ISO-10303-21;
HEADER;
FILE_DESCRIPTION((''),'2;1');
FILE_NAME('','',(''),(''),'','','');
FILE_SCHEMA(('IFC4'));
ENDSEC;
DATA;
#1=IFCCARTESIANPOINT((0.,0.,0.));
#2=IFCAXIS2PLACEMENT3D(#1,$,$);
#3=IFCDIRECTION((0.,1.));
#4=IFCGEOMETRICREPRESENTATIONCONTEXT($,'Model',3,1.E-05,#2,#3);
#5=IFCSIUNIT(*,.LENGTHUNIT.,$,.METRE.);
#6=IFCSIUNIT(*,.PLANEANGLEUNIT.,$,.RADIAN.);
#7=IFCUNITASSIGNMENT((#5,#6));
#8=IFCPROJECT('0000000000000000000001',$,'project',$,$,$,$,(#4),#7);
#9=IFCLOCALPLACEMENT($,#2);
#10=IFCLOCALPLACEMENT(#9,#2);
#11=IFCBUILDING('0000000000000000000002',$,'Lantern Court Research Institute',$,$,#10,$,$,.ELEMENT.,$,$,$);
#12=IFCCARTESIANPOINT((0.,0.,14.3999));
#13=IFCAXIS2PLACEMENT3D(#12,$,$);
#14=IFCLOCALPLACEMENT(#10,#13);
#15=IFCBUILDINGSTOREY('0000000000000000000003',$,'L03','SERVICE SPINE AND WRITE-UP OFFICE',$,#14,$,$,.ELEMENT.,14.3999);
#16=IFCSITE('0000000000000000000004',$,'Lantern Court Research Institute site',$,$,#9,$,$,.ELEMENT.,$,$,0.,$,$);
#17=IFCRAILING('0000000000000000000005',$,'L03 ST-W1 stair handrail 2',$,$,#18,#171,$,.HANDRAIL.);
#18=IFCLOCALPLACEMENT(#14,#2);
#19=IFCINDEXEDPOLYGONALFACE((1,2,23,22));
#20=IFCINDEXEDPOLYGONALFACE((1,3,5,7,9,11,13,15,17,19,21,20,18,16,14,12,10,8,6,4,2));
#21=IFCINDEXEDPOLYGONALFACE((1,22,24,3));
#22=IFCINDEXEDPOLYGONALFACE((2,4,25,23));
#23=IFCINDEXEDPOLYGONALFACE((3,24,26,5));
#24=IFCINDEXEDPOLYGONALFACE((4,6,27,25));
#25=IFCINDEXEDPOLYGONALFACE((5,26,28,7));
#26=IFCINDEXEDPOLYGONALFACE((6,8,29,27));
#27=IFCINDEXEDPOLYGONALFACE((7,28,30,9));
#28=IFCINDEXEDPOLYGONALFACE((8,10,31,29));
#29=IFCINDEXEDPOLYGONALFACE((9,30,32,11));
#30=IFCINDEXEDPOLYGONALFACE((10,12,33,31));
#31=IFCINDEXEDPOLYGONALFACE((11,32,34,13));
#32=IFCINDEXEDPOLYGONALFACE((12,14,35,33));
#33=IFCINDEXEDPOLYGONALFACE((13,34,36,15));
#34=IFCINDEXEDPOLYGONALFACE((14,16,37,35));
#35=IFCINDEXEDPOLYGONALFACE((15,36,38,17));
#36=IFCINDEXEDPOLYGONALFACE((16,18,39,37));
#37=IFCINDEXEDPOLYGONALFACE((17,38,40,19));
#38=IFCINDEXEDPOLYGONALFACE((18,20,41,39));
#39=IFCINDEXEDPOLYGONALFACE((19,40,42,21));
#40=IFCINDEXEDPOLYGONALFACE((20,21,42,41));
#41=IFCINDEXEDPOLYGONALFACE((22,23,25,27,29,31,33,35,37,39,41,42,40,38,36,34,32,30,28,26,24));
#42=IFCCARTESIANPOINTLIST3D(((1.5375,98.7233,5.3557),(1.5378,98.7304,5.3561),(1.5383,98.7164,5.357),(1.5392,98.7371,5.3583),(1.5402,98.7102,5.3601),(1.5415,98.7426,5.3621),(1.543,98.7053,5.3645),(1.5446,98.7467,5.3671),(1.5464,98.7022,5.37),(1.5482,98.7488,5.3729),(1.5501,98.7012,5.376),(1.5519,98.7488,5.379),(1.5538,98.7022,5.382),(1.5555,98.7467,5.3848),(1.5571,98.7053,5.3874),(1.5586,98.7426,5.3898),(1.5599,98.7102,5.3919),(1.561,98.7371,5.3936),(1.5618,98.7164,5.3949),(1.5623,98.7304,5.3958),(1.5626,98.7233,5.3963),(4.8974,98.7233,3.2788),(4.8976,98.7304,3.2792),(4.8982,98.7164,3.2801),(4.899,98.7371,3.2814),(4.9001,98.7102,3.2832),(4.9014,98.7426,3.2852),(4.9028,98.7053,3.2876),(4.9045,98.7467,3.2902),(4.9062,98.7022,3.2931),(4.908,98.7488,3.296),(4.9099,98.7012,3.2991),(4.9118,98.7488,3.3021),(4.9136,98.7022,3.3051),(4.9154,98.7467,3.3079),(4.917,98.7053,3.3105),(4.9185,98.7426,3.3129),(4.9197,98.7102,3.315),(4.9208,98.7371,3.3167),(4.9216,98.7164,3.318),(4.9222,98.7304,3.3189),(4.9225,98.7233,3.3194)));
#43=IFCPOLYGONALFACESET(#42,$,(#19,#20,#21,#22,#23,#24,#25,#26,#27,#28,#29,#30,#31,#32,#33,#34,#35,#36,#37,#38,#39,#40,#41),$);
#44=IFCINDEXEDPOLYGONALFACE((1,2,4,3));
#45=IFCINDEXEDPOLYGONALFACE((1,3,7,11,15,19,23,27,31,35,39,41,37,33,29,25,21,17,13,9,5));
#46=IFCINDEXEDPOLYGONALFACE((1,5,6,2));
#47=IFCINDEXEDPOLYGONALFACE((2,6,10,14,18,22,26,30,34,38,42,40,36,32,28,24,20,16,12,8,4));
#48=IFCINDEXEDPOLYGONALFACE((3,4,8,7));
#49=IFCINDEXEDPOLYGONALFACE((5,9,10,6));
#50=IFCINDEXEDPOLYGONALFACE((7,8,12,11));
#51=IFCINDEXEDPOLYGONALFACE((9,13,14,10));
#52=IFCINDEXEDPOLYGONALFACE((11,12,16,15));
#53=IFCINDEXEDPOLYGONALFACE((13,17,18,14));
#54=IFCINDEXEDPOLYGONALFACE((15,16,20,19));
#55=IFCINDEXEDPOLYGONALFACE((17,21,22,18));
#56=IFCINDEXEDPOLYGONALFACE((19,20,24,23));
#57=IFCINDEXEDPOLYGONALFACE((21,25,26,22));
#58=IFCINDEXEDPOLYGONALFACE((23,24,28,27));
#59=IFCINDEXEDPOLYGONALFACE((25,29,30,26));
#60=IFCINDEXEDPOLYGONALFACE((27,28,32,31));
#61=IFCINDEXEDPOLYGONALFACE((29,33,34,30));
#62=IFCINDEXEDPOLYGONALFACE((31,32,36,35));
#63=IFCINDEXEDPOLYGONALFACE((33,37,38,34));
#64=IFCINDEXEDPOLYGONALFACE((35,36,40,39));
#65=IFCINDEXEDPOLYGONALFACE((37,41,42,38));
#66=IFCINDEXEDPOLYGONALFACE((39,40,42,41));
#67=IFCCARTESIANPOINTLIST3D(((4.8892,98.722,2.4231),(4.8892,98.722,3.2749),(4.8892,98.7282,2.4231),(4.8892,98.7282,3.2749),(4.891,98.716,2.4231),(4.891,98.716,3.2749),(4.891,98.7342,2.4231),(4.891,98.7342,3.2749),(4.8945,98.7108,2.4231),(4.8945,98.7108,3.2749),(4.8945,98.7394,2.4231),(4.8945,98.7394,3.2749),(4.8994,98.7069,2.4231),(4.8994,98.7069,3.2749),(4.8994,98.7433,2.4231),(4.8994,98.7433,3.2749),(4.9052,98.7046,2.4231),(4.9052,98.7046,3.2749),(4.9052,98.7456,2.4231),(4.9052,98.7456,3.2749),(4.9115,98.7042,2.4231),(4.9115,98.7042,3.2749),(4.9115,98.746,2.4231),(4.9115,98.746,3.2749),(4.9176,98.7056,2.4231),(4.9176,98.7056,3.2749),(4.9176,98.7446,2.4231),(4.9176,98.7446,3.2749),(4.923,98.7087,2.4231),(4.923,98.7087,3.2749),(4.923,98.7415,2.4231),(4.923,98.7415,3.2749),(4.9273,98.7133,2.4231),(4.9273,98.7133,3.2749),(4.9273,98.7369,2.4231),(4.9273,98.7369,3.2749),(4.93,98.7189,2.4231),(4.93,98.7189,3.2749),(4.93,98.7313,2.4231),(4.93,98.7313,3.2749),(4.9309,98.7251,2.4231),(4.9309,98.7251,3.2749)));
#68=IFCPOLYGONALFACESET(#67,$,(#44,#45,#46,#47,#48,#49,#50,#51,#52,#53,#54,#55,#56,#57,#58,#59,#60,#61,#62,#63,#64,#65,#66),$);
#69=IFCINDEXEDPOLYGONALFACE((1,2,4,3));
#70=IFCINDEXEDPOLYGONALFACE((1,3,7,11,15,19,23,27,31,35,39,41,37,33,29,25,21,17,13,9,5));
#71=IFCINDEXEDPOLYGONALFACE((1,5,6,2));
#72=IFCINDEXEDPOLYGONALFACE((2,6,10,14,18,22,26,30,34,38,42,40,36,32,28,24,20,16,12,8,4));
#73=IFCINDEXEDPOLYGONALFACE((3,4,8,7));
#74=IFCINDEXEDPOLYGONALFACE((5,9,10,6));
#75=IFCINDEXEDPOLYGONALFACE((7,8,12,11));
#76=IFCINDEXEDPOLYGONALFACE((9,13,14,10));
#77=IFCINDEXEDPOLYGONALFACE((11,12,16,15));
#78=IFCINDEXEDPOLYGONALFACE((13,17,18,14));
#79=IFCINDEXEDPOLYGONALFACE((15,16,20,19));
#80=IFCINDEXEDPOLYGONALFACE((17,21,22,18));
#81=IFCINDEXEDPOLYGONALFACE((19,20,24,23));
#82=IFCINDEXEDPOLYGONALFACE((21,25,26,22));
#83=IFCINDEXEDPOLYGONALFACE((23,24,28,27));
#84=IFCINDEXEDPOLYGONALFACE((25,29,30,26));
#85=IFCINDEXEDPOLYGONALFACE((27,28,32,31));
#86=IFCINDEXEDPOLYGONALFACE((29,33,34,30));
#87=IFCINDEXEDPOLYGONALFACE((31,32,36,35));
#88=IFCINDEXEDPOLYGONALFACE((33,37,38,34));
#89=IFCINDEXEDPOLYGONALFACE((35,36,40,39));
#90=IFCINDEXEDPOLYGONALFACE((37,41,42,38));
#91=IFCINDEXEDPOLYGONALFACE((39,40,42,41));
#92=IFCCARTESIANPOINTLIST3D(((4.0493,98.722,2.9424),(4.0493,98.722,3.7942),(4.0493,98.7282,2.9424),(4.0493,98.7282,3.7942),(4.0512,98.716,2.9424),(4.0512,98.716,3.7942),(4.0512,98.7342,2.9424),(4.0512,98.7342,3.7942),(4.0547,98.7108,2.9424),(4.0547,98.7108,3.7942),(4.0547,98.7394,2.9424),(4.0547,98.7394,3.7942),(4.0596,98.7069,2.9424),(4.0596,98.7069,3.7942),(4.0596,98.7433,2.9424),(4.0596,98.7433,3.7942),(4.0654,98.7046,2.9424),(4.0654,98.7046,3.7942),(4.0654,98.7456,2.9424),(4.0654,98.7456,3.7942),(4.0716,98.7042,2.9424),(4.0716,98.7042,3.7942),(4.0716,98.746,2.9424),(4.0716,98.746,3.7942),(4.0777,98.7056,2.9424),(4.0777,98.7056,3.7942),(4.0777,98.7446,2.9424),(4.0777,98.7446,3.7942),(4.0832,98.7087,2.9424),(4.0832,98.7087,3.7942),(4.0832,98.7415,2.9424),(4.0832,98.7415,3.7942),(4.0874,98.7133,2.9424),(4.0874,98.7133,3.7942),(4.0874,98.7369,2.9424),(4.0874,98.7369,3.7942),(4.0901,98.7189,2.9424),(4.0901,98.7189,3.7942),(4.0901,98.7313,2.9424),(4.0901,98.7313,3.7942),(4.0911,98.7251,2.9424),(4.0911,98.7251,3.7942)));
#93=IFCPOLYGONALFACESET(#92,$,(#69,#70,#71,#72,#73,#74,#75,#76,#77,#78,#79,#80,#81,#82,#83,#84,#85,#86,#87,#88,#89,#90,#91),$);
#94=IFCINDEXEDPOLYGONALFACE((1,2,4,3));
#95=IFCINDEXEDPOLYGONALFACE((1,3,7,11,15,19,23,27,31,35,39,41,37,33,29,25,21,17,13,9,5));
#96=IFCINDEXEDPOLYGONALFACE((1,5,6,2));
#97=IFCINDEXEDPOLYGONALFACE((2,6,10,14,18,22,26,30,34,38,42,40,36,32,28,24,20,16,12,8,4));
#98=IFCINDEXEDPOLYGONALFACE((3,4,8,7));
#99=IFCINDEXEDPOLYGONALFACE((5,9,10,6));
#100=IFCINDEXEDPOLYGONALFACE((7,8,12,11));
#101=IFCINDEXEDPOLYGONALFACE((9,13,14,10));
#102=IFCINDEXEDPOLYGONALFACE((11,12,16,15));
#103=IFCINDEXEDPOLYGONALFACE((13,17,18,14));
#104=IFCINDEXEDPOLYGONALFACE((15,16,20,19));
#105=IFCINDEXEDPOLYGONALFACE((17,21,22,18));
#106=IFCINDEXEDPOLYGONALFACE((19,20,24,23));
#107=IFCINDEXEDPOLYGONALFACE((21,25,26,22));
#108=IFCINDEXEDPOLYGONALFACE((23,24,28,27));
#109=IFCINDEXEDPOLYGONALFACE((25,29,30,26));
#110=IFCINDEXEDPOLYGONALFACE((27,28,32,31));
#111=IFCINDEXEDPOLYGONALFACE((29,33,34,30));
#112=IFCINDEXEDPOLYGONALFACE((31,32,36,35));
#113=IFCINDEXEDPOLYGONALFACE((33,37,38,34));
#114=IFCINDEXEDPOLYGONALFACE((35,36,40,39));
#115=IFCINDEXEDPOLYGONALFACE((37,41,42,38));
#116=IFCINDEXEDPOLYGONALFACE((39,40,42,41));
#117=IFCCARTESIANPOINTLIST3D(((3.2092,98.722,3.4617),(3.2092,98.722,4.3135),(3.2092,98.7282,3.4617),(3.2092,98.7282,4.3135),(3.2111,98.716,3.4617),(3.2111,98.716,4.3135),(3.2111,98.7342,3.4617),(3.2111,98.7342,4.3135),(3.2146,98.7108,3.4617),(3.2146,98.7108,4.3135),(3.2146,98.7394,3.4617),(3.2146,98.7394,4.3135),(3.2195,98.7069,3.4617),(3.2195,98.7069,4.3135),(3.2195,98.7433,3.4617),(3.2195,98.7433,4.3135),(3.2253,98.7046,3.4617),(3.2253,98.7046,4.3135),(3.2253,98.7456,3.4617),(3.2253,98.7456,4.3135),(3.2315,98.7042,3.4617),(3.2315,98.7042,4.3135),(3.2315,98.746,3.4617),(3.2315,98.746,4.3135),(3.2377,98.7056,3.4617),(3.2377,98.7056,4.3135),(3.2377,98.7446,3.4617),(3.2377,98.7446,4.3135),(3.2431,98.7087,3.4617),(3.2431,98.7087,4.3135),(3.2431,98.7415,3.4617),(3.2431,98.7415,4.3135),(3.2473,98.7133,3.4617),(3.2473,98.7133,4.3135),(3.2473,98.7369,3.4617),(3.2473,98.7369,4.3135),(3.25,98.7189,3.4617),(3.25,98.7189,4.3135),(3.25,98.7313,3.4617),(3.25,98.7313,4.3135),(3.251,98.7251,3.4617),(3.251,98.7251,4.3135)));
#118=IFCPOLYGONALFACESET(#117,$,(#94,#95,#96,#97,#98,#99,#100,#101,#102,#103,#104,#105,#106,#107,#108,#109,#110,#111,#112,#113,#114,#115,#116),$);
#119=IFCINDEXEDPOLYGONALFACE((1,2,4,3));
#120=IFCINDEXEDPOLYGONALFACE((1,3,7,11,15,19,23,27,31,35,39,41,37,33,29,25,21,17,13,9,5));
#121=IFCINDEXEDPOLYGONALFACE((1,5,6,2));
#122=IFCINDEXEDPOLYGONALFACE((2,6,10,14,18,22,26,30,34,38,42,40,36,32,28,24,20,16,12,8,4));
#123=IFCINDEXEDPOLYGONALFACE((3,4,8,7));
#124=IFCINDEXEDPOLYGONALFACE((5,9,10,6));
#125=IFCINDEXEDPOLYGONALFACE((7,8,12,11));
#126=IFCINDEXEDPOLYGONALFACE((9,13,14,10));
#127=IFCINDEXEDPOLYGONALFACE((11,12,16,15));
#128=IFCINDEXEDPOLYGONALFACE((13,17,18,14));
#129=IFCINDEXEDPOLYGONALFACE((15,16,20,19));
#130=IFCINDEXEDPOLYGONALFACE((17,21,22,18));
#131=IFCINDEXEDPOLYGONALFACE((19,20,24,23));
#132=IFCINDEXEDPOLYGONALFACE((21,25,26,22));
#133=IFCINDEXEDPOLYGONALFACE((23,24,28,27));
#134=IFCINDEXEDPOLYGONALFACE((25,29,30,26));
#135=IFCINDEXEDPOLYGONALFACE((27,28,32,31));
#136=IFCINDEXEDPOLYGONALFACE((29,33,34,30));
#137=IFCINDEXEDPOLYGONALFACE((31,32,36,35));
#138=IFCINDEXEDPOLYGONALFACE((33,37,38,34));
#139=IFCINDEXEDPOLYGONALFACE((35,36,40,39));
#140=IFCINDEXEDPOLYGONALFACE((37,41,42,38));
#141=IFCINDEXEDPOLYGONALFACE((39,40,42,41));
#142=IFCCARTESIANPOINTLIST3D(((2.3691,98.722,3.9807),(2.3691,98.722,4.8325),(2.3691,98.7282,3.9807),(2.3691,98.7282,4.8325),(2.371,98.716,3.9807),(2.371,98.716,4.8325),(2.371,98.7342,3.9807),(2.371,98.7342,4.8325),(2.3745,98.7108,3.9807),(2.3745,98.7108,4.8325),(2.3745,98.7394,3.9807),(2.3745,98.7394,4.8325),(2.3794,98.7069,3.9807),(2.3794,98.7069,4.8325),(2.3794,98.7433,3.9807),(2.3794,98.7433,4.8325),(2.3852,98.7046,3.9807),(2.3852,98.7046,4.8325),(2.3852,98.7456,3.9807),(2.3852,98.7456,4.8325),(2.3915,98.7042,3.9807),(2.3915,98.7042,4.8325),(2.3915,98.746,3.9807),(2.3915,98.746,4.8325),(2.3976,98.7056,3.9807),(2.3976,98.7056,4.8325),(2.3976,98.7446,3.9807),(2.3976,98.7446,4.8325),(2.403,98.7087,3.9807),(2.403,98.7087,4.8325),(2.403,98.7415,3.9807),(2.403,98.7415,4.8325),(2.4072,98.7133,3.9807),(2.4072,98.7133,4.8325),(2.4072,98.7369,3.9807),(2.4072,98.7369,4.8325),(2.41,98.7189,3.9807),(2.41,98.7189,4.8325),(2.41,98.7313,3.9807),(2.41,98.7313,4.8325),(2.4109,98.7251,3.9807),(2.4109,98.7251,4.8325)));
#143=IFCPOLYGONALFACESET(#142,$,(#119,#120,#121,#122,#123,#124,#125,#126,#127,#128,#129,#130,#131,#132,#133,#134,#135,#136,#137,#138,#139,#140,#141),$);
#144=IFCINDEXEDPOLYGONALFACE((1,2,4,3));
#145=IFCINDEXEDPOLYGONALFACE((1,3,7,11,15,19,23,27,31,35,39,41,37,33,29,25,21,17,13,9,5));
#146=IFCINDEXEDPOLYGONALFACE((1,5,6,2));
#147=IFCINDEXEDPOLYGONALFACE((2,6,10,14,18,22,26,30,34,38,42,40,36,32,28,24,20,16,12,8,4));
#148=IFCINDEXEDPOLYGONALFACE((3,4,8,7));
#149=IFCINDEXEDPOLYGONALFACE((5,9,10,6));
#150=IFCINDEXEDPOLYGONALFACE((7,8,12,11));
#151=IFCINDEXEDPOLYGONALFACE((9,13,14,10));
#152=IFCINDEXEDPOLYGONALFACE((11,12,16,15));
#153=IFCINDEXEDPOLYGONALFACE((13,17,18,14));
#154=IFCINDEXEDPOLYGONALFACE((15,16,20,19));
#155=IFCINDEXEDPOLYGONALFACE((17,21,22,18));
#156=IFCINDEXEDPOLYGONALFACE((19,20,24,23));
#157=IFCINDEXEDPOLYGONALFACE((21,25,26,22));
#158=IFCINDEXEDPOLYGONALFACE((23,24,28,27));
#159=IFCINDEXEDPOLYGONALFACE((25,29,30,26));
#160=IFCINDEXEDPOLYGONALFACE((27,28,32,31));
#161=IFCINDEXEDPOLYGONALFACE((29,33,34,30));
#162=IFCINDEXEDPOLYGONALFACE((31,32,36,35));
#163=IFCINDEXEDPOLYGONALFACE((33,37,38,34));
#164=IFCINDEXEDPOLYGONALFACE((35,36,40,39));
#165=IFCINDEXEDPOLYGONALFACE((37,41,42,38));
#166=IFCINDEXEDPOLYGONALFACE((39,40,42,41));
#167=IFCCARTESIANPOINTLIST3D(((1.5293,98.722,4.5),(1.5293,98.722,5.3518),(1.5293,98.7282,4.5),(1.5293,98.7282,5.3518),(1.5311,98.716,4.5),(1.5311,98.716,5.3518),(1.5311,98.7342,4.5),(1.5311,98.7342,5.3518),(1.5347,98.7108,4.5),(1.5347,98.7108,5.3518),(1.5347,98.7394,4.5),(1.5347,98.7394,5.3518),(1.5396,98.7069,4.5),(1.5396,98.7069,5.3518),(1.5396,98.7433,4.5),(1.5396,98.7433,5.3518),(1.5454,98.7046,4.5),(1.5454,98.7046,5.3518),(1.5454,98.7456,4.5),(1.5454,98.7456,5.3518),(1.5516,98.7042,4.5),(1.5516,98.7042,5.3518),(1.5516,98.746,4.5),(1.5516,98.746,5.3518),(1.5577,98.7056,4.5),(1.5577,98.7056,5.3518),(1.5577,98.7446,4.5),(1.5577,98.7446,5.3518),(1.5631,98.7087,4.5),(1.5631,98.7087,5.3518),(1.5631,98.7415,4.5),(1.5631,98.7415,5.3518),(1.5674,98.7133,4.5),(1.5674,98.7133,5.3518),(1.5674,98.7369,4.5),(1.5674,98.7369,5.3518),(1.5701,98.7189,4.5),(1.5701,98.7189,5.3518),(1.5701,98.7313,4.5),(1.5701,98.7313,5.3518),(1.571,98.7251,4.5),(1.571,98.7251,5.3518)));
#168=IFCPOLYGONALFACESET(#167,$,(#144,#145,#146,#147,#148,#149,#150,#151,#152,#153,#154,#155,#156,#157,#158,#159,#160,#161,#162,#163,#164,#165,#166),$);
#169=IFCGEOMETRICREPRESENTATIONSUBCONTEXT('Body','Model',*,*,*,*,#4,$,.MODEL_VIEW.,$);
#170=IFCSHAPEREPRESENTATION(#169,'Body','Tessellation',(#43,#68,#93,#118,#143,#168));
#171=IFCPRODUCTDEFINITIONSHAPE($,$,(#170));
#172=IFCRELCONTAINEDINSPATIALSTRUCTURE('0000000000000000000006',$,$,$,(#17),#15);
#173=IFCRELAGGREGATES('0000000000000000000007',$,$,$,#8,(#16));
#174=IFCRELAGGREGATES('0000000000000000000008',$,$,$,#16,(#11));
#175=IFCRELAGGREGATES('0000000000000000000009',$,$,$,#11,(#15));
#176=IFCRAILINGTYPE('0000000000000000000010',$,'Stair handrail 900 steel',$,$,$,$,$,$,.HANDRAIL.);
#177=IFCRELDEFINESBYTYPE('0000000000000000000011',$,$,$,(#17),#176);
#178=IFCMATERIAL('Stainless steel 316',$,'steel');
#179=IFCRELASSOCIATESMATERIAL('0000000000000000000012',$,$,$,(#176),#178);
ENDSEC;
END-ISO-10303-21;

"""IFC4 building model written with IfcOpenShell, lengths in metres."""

from ifc_helpers import new_model, si_unit, direction, frame, origin, origin_2d, place, context, subcontext, project, spatial, circle, extrude, material, type_object, element, save


model = new_model("IFC4")

# Units and contexts
model_context = context("Model", 3, precision=1e-05, world=origin(), true_north=direction((0.0, 1.0)))
body_context = subcontext(model_context, "Body", "Model", "MODEL_VIEW")
ifc_project = project(units=[si_unit("LENGTHUNIT", "METRE"), si_unit("PLANEANGLEUNIT", "RADIAN")], contexts=[model_context])

# Site, building, storey
site_placement = place(None, origin())
site = spatial("IfcSite", under=ifc_project, at=site_placement, Name="Lantern Court Research Institute site", CompositionType="ELEMENT", RefElevation=0.0)
building_placement = place(site_placement, origin())
building = spatial("IfcBuilding", under=site, at=building_placement, Name="Lantern Court Research Institute", CompositionType="ELEMENT")
storey_placement = place(building_placement, frame((0.0, 0.0, 14.3999)))
storey = spatial("IfcBuildingStorey", under=building, at=storey_placement, Name="L03", Description="SERVICE SPINE AND WRITE-UP OFFICE", CompositionType="ELEMENT", Elevation=14.3999)

# Railing
ifc_material_1 = material(Name="Stainless steel 316", Category="steel")
railing_type_1 = type_object("IfcRailingType", Name="Stair handrail 900 steel", PredefinedType="HANDRAIL", material=ifc_material_1)
railing_1_placement = place(storey_placement, frame((4.9099, 98.7251, 2.4231)))
element("IfcRailing", 1, at=railing_1_placement, inside=storey, type_object=railing_type_1, Name="L03 ST-W1 stair handrail 2", PredefinedType="HANDRAIL", context=body_context, shape_type="SweptSolid", body=[
    extrude(circle(Radius=0.0239, at=origin_2d()), frame((0.0, 0.0, 0.876), z_axis=(-0.850606, 0.0, 0.525803), x_axis=(0.0, -1.0, 0.0)), (0.0, 0.0, 1.0), 3.95),
    extrude(circle(Radius=0.021, at=origin_2d()), origin(), (0.0, 0.0, 1.0), 0.8518),
    extrude(circle(Radius=0.021, at=origin_2d()), frame((-0.8398, 0.0, 0.5193)), (0.0, 0.0, 1.0), 0.8518),
    extrude(circle(Radius=0.021, at=origin_2d()), frame((-1.6799, 0.0, 1.0386)), (0.0, 0.0, 1.0), 0.8518),
    extrude(circle(Radius=0.021, at=origin_2d()), frame((-2.52, 0.0, 1.5576)), (0.0, 0.0, 1.0), 0.8518),
    extrude(circle(Radius=0.021, at=origin_2d()), frame((-3.3599, 0.0, 2.0769)), (0.0, 0.0, 1.0), 0.8518),
])

save(model, "model.ifc")
